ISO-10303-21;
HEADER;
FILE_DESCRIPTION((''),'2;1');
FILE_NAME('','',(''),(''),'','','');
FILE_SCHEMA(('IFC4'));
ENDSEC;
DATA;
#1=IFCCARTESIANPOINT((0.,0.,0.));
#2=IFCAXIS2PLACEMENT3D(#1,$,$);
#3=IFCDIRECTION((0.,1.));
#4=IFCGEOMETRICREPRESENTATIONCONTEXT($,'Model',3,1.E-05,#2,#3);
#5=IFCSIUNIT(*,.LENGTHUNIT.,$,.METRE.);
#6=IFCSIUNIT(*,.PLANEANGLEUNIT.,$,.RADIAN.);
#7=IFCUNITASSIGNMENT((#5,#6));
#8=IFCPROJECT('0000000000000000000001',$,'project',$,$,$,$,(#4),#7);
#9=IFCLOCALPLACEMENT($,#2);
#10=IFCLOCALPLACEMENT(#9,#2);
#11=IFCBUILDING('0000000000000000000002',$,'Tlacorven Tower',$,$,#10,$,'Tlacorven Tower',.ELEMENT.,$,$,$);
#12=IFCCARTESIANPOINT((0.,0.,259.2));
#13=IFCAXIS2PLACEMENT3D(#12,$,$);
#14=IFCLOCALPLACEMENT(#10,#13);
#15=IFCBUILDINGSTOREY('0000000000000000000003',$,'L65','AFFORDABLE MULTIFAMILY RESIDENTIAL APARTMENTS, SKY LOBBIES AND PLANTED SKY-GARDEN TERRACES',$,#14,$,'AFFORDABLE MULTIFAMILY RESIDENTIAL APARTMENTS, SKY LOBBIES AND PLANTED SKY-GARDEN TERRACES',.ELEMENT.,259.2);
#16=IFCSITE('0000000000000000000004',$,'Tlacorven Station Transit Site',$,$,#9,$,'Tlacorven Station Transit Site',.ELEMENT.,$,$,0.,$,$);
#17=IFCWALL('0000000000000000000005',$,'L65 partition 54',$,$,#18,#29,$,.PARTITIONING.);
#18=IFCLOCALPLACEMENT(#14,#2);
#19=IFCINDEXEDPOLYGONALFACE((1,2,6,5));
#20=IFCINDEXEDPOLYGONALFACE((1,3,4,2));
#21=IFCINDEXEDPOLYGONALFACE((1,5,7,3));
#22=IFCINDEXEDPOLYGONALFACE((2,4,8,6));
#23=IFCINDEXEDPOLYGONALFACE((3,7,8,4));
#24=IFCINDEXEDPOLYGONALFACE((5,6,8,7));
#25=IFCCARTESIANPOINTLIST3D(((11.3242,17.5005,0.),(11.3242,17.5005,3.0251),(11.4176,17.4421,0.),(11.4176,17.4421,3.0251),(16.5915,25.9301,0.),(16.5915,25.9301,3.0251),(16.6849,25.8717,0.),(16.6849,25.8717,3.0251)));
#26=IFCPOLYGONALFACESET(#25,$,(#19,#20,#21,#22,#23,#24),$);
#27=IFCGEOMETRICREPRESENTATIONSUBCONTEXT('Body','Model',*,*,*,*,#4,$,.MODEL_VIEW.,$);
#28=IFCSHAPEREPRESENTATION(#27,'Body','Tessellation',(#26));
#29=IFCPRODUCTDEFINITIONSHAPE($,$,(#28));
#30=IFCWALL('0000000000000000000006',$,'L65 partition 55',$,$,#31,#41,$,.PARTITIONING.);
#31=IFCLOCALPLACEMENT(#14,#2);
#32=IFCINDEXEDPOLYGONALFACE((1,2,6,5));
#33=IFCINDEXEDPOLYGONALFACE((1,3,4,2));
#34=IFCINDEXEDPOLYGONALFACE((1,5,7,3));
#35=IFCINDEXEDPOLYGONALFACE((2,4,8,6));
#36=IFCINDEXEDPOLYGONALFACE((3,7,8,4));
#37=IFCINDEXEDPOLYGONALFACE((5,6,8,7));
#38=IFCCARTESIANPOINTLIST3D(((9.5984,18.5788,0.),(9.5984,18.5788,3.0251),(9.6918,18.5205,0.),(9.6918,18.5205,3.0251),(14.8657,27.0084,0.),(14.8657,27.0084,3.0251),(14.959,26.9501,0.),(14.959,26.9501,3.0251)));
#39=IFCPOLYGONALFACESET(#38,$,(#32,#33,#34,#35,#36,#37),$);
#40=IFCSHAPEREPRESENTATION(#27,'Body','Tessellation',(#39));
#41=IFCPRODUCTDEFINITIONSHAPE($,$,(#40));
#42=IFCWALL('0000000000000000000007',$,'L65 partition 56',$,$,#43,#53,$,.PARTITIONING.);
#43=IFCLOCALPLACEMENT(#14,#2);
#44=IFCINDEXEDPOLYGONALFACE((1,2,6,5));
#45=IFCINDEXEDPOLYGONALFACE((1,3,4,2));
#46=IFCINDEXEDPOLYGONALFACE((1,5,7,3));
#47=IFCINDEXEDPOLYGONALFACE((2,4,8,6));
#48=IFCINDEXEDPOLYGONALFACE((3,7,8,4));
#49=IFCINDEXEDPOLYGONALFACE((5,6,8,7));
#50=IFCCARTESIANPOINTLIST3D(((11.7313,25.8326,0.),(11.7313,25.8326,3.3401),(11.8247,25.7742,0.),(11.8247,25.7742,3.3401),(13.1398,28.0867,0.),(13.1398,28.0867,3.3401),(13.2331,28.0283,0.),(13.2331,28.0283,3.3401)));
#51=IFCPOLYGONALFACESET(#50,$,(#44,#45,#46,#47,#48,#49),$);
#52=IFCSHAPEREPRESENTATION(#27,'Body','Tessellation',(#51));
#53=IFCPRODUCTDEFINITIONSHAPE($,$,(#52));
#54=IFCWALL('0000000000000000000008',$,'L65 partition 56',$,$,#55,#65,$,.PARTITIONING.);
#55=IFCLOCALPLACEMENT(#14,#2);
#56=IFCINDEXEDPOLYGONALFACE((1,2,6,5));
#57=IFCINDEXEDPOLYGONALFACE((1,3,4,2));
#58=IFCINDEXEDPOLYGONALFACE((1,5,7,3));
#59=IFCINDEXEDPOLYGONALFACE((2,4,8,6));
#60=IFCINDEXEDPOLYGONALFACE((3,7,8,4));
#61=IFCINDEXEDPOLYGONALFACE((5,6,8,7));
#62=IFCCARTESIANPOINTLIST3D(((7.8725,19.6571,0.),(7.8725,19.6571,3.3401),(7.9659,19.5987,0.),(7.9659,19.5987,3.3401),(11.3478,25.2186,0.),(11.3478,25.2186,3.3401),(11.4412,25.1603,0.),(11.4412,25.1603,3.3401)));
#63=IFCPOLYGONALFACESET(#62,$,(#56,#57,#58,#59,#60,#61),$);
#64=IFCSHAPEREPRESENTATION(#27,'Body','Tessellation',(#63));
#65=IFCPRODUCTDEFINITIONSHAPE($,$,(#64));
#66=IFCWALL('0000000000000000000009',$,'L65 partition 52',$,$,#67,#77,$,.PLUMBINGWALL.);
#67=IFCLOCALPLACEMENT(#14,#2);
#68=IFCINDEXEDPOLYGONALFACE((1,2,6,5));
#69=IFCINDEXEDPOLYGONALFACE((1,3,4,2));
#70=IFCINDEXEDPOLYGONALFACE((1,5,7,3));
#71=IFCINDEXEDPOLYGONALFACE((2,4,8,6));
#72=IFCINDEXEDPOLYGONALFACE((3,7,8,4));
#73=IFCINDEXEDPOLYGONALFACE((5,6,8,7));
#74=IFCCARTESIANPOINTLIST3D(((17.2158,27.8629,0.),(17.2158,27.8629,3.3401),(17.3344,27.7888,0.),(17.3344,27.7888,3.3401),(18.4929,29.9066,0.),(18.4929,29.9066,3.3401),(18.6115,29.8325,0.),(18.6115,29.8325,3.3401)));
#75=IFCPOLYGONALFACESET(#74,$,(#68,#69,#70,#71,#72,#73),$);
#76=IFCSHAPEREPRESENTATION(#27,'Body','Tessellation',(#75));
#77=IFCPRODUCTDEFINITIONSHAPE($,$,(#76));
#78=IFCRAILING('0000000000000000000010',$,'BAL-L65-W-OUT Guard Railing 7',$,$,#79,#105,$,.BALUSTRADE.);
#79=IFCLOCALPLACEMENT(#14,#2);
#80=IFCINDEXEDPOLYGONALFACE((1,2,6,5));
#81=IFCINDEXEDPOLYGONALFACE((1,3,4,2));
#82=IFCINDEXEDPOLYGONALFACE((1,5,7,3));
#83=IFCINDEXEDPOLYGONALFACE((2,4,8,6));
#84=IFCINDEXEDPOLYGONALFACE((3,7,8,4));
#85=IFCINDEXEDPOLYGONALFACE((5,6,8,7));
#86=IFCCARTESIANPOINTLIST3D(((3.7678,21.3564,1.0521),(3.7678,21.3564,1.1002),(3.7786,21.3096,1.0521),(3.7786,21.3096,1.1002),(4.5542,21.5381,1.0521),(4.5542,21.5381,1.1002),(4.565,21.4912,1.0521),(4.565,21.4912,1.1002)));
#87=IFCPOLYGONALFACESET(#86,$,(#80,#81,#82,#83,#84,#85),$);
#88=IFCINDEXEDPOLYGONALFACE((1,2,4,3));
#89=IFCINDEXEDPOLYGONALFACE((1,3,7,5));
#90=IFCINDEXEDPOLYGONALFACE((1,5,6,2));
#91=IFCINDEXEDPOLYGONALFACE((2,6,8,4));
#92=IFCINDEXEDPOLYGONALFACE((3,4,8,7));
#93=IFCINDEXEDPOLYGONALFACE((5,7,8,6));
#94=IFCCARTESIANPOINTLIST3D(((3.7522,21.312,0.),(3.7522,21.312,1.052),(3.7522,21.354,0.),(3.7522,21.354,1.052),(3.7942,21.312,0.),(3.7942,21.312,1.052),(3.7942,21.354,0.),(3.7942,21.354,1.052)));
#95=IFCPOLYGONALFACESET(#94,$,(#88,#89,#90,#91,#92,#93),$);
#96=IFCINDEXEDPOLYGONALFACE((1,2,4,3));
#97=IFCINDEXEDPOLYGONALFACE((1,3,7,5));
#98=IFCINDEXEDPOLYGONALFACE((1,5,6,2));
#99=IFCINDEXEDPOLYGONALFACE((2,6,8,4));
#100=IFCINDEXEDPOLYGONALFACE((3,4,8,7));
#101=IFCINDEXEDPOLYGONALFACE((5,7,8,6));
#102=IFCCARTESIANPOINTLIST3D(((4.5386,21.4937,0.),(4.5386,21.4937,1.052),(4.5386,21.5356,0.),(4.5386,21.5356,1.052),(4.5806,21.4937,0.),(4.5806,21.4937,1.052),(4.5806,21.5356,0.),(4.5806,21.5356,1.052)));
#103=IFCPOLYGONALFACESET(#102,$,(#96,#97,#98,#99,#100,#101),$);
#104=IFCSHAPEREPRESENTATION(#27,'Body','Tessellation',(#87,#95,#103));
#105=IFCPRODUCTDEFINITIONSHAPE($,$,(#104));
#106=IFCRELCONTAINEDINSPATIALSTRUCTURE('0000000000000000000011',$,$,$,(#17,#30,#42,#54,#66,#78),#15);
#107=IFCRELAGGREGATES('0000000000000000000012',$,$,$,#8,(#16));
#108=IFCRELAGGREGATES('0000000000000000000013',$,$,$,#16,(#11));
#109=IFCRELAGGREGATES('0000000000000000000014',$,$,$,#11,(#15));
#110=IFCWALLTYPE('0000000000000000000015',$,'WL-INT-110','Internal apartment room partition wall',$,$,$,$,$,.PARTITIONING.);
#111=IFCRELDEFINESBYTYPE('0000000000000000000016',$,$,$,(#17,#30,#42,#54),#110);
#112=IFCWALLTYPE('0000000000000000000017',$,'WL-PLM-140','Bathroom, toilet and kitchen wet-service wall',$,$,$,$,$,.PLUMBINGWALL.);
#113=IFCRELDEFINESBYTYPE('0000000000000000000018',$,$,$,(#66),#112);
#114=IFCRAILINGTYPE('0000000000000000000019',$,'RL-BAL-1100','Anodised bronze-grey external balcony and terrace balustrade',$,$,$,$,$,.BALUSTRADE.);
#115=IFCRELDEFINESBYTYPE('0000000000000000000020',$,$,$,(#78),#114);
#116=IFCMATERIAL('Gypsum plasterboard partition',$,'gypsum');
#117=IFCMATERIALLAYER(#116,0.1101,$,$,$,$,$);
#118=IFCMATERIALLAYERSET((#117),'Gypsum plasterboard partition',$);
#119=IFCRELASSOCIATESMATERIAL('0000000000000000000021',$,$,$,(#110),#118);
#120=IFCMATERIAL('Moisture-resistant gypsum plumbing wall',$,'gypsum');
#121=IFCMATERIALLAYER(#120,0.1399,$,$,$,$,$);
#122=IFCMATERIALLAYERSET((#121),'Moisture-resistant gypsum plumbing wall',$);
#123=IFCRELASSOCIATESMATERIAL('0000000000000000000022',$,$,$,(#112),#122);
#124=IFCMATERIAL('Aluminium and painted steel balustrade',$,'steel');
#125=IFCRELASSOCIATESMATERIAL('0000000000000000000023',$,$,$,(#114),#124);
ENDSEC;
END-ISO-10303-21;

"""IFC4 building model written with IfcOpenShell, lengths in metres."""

from ifc_helpers import new_model, si_unit, direction, frame, frame_2d, origin, origin_2d, place, context, subcontext, project, spatial, rectangle, extrude, source, transform, mapped, material, layer, layer_set, type_object, element, save


model = new_model("IFC4")

# Units and contexts
model_context = context("Model", 3, precision=1e-05, world=origin(), true_north=direction((0.0, 1.0)))
body_context = subcontext(model_context, "Body", "Model", "MODEL_VIEW")
ifc_project = project(units=[si_unit("LENGTHUNIT", "METRE"), si_unit("PLANEANGLEUNIT", "RADIAN")], contexts=[model_context])

# Site, building, storey
site_placement = place(None, origin())
site = spatial("IfcSite", under=ifc_project, at=site_placement, Name="Tlacorven Station Transit Site", LongName="Tlacorven Station Transit Site", CompositionType="ELEMENT", RefElevation=0.0)
building_placement = place(site_placement, origin())
building = spatial("IfcBuilding", under=site, at=building_placement, Name="Tlacorven Tower", LongName="Tlacorven Tower", CompositionType="ELEMENT")
storey_placement = place(building_placement, frame((0.0, 0.0, 259.2)))
storey = spatial("IfcBuildingStorey", under=building, at=storey_placement, Name="L65", Description="AFFORDABLE MULTIFAMILY RESIDENTIAL APARTMENTS, SKY LOBBIES AND PLANTED SKY-GARDEN TERRACES", LongName="AFFORDABLE MULTIFAMILY RESIDENTIAL APARTMENTS, SKY LOBBIES AND PLANTED SKY-GARDEN TERRACES", CompositionType="ELEMENT", Elevation=259.2)

# Shared definitions
ifc_material_1 = material(Name="Gypsum plasterboard partition", Category="gypsum")
ifc_layer_1 = layer(ifc_material_1, 0.1101)
ifc_layer_set_1 = layer_set([ifc_layer_1], Name="Gypsum plasterboard partition")
wall_type_1 = type_object("IfcWallType", Name="WL-INT-110", Description="Internal apartment room partition wall", PredefinedType="PARTITIONING", material=ifc_layer_set_1)

# Walls
for number, where, z_axis, x_axis, name in (
    (1, (16.6382, 25.9009, 0.0), (0.0, 0.0, 1.0), (-0.529911, -0.848053, 0.0), "L65 partition 54"),
    (2, (14.9124, 26.9792, 0.0), (0.0, 0.0, 1.0), (-0.529911, -0.848053, 0.0), "L65 partition 55"),
):
    element("IfcWall", number, at=place(storey_placement, frame(where, z_axis=z_axis, x_axis=x_axis)), inside=storey, type_object=wall_type_1, Name=name, PredefinedType="PARTITIONING", context=body_context, shape_type="SweptSolid", body=[
        extrude(rectangle(XDim=9.9399, YDim=0.1101, at=frame_2d((4.97, 0.0))), origin(), (0.0, 0.0, 1.0), 3.0251),
    ])
wall_1_placement = place(storey_placement, frame((13.1865, 28.0576, 0.0), z_axis=(0.0, 0.0, 1.0), x_axis=(-0.529892, -0.848065, 0.0)))
element("IfcWall", 3, at=wall_1_placement, inside=storey, type_object=wall_type_1, Name="L65 partition 56", PredefinedType="PARTITIONING", context=body_context, shape_type="SweptSolid", body=[
    extrude(rectangle(XDim=2.658, YDim=0.1101, at=frame_2d((1.3291, 0.0))), origin(), (0.0, 0.0, 1.0), 3.3401),
])
wall_2_placement = place(storey_placement, frame((11.3945, 25.1895, 0.0), z_axis=(0.0, 0.0, 1.0), x_axis=(-0.529932, -0.84804, 0.0)))
element("IfcWall", 4, at=wall_2_placement, inside=storey, type_object=wall_type_1, Name="L65 partition 56", PredefinedType="PARTITIONING", context=body_context, shape_type="SweptSolid", body=[
    extrude(rectangle(XDim=6.5581, YDim=0.1101, at=frame_2d((3.2791, 0.0))), origin(), (0.0, 0.0, 1.0), 3.3401),
])
ifc_material_2 = material(Name="Moisture-resistant gypsum plumbing wall", Category="gypsum")
ifc_layer_2 = layer(ifc_material_2, 0.1399)
ifc_layer_set_2 = layer_set([ifc_layer_2], Name="Moisture-resistant gypsum plumbing wall")
wall_type_2 = type_object("IfcWallType", Name="WL-PLM-140", Description="Bathroom, toilet and kitchen wet-service wall", PredefinedType="PLUMBINGWALL", material=ifc_layer_set_2)
wall_3_placement = place(storey_placement, frame((18.5522, 29.8696, 0.0), z_axis=(0.0, 0.0, 1.0), x_axis=(-0.529935, -0.848038, 0.0)))
element("IfcWall", 5, at=wall_3_placement, inside=storey, type_object=wall_type_2, Name="L65 partition 52", PredefinedType="PLUMBINGWALL", context=body_context, shape_type="SweptSolid", body=[
    extrude(rectangle(XDim=2.4099, YDim=0.1399, at=frame_2d((1.2051, 0.0))), origin(), (0.0, 0.0, 1.0), 3.3401),
])

# Railing
ifc_material_3 = material(Name="Aluminium and painted steel balustrade", Category="steel")
railing_type = type_object("IfcRailingType", Name="RL-BAL-1100", Description="Anodised bronze-grey external balcony and terrace balustrade", PredefinedType="BALUSTRADE", material=ifc_material_3)
shared_shape_1 = source(origin(), body_context, "Body", "SweptSolid", [
    extrude(rectangle(XDim=0.0481, YDim=0.0481, at=origin_2d()), frame((0.0, 0.0, 1.0762), z_axis=(0.974345, 0.225058, 0.0), x_axis=(-0.225058, 0.974345, 0.0)), (0.0, 0.0, 1.0), 0.8071),
    extrude(rectangle(XDim=0.042, YDim=0.042, at=origin_2d()), origin(), (0.0, 0.0, 1.0), 1.052),
    extrude(rectangle(XDim=0.042, YDim=0.042, at=origin_2d()), frame((0.7864, 0.1816, 0.0)), (0.0, 0.0, 1.0), 1.052),
])
railing_placement = place(storey_placement, frame((3.7732, 21.333, 0.0)))
element("IfcRailing", 6, at=railing_placement, inside=storey, type_object=railing_type, Name="BAL-L65-W-OUT Guard Railing 7", PredefinedType="BALUSTRADE", context=body_context, shape_type="MappedRepresentation", body=[
    mapped(shared_shape_1, transform((0.0, 0.0, 0.0), scale=1.0)),
])

save(model, "model.ifc")
